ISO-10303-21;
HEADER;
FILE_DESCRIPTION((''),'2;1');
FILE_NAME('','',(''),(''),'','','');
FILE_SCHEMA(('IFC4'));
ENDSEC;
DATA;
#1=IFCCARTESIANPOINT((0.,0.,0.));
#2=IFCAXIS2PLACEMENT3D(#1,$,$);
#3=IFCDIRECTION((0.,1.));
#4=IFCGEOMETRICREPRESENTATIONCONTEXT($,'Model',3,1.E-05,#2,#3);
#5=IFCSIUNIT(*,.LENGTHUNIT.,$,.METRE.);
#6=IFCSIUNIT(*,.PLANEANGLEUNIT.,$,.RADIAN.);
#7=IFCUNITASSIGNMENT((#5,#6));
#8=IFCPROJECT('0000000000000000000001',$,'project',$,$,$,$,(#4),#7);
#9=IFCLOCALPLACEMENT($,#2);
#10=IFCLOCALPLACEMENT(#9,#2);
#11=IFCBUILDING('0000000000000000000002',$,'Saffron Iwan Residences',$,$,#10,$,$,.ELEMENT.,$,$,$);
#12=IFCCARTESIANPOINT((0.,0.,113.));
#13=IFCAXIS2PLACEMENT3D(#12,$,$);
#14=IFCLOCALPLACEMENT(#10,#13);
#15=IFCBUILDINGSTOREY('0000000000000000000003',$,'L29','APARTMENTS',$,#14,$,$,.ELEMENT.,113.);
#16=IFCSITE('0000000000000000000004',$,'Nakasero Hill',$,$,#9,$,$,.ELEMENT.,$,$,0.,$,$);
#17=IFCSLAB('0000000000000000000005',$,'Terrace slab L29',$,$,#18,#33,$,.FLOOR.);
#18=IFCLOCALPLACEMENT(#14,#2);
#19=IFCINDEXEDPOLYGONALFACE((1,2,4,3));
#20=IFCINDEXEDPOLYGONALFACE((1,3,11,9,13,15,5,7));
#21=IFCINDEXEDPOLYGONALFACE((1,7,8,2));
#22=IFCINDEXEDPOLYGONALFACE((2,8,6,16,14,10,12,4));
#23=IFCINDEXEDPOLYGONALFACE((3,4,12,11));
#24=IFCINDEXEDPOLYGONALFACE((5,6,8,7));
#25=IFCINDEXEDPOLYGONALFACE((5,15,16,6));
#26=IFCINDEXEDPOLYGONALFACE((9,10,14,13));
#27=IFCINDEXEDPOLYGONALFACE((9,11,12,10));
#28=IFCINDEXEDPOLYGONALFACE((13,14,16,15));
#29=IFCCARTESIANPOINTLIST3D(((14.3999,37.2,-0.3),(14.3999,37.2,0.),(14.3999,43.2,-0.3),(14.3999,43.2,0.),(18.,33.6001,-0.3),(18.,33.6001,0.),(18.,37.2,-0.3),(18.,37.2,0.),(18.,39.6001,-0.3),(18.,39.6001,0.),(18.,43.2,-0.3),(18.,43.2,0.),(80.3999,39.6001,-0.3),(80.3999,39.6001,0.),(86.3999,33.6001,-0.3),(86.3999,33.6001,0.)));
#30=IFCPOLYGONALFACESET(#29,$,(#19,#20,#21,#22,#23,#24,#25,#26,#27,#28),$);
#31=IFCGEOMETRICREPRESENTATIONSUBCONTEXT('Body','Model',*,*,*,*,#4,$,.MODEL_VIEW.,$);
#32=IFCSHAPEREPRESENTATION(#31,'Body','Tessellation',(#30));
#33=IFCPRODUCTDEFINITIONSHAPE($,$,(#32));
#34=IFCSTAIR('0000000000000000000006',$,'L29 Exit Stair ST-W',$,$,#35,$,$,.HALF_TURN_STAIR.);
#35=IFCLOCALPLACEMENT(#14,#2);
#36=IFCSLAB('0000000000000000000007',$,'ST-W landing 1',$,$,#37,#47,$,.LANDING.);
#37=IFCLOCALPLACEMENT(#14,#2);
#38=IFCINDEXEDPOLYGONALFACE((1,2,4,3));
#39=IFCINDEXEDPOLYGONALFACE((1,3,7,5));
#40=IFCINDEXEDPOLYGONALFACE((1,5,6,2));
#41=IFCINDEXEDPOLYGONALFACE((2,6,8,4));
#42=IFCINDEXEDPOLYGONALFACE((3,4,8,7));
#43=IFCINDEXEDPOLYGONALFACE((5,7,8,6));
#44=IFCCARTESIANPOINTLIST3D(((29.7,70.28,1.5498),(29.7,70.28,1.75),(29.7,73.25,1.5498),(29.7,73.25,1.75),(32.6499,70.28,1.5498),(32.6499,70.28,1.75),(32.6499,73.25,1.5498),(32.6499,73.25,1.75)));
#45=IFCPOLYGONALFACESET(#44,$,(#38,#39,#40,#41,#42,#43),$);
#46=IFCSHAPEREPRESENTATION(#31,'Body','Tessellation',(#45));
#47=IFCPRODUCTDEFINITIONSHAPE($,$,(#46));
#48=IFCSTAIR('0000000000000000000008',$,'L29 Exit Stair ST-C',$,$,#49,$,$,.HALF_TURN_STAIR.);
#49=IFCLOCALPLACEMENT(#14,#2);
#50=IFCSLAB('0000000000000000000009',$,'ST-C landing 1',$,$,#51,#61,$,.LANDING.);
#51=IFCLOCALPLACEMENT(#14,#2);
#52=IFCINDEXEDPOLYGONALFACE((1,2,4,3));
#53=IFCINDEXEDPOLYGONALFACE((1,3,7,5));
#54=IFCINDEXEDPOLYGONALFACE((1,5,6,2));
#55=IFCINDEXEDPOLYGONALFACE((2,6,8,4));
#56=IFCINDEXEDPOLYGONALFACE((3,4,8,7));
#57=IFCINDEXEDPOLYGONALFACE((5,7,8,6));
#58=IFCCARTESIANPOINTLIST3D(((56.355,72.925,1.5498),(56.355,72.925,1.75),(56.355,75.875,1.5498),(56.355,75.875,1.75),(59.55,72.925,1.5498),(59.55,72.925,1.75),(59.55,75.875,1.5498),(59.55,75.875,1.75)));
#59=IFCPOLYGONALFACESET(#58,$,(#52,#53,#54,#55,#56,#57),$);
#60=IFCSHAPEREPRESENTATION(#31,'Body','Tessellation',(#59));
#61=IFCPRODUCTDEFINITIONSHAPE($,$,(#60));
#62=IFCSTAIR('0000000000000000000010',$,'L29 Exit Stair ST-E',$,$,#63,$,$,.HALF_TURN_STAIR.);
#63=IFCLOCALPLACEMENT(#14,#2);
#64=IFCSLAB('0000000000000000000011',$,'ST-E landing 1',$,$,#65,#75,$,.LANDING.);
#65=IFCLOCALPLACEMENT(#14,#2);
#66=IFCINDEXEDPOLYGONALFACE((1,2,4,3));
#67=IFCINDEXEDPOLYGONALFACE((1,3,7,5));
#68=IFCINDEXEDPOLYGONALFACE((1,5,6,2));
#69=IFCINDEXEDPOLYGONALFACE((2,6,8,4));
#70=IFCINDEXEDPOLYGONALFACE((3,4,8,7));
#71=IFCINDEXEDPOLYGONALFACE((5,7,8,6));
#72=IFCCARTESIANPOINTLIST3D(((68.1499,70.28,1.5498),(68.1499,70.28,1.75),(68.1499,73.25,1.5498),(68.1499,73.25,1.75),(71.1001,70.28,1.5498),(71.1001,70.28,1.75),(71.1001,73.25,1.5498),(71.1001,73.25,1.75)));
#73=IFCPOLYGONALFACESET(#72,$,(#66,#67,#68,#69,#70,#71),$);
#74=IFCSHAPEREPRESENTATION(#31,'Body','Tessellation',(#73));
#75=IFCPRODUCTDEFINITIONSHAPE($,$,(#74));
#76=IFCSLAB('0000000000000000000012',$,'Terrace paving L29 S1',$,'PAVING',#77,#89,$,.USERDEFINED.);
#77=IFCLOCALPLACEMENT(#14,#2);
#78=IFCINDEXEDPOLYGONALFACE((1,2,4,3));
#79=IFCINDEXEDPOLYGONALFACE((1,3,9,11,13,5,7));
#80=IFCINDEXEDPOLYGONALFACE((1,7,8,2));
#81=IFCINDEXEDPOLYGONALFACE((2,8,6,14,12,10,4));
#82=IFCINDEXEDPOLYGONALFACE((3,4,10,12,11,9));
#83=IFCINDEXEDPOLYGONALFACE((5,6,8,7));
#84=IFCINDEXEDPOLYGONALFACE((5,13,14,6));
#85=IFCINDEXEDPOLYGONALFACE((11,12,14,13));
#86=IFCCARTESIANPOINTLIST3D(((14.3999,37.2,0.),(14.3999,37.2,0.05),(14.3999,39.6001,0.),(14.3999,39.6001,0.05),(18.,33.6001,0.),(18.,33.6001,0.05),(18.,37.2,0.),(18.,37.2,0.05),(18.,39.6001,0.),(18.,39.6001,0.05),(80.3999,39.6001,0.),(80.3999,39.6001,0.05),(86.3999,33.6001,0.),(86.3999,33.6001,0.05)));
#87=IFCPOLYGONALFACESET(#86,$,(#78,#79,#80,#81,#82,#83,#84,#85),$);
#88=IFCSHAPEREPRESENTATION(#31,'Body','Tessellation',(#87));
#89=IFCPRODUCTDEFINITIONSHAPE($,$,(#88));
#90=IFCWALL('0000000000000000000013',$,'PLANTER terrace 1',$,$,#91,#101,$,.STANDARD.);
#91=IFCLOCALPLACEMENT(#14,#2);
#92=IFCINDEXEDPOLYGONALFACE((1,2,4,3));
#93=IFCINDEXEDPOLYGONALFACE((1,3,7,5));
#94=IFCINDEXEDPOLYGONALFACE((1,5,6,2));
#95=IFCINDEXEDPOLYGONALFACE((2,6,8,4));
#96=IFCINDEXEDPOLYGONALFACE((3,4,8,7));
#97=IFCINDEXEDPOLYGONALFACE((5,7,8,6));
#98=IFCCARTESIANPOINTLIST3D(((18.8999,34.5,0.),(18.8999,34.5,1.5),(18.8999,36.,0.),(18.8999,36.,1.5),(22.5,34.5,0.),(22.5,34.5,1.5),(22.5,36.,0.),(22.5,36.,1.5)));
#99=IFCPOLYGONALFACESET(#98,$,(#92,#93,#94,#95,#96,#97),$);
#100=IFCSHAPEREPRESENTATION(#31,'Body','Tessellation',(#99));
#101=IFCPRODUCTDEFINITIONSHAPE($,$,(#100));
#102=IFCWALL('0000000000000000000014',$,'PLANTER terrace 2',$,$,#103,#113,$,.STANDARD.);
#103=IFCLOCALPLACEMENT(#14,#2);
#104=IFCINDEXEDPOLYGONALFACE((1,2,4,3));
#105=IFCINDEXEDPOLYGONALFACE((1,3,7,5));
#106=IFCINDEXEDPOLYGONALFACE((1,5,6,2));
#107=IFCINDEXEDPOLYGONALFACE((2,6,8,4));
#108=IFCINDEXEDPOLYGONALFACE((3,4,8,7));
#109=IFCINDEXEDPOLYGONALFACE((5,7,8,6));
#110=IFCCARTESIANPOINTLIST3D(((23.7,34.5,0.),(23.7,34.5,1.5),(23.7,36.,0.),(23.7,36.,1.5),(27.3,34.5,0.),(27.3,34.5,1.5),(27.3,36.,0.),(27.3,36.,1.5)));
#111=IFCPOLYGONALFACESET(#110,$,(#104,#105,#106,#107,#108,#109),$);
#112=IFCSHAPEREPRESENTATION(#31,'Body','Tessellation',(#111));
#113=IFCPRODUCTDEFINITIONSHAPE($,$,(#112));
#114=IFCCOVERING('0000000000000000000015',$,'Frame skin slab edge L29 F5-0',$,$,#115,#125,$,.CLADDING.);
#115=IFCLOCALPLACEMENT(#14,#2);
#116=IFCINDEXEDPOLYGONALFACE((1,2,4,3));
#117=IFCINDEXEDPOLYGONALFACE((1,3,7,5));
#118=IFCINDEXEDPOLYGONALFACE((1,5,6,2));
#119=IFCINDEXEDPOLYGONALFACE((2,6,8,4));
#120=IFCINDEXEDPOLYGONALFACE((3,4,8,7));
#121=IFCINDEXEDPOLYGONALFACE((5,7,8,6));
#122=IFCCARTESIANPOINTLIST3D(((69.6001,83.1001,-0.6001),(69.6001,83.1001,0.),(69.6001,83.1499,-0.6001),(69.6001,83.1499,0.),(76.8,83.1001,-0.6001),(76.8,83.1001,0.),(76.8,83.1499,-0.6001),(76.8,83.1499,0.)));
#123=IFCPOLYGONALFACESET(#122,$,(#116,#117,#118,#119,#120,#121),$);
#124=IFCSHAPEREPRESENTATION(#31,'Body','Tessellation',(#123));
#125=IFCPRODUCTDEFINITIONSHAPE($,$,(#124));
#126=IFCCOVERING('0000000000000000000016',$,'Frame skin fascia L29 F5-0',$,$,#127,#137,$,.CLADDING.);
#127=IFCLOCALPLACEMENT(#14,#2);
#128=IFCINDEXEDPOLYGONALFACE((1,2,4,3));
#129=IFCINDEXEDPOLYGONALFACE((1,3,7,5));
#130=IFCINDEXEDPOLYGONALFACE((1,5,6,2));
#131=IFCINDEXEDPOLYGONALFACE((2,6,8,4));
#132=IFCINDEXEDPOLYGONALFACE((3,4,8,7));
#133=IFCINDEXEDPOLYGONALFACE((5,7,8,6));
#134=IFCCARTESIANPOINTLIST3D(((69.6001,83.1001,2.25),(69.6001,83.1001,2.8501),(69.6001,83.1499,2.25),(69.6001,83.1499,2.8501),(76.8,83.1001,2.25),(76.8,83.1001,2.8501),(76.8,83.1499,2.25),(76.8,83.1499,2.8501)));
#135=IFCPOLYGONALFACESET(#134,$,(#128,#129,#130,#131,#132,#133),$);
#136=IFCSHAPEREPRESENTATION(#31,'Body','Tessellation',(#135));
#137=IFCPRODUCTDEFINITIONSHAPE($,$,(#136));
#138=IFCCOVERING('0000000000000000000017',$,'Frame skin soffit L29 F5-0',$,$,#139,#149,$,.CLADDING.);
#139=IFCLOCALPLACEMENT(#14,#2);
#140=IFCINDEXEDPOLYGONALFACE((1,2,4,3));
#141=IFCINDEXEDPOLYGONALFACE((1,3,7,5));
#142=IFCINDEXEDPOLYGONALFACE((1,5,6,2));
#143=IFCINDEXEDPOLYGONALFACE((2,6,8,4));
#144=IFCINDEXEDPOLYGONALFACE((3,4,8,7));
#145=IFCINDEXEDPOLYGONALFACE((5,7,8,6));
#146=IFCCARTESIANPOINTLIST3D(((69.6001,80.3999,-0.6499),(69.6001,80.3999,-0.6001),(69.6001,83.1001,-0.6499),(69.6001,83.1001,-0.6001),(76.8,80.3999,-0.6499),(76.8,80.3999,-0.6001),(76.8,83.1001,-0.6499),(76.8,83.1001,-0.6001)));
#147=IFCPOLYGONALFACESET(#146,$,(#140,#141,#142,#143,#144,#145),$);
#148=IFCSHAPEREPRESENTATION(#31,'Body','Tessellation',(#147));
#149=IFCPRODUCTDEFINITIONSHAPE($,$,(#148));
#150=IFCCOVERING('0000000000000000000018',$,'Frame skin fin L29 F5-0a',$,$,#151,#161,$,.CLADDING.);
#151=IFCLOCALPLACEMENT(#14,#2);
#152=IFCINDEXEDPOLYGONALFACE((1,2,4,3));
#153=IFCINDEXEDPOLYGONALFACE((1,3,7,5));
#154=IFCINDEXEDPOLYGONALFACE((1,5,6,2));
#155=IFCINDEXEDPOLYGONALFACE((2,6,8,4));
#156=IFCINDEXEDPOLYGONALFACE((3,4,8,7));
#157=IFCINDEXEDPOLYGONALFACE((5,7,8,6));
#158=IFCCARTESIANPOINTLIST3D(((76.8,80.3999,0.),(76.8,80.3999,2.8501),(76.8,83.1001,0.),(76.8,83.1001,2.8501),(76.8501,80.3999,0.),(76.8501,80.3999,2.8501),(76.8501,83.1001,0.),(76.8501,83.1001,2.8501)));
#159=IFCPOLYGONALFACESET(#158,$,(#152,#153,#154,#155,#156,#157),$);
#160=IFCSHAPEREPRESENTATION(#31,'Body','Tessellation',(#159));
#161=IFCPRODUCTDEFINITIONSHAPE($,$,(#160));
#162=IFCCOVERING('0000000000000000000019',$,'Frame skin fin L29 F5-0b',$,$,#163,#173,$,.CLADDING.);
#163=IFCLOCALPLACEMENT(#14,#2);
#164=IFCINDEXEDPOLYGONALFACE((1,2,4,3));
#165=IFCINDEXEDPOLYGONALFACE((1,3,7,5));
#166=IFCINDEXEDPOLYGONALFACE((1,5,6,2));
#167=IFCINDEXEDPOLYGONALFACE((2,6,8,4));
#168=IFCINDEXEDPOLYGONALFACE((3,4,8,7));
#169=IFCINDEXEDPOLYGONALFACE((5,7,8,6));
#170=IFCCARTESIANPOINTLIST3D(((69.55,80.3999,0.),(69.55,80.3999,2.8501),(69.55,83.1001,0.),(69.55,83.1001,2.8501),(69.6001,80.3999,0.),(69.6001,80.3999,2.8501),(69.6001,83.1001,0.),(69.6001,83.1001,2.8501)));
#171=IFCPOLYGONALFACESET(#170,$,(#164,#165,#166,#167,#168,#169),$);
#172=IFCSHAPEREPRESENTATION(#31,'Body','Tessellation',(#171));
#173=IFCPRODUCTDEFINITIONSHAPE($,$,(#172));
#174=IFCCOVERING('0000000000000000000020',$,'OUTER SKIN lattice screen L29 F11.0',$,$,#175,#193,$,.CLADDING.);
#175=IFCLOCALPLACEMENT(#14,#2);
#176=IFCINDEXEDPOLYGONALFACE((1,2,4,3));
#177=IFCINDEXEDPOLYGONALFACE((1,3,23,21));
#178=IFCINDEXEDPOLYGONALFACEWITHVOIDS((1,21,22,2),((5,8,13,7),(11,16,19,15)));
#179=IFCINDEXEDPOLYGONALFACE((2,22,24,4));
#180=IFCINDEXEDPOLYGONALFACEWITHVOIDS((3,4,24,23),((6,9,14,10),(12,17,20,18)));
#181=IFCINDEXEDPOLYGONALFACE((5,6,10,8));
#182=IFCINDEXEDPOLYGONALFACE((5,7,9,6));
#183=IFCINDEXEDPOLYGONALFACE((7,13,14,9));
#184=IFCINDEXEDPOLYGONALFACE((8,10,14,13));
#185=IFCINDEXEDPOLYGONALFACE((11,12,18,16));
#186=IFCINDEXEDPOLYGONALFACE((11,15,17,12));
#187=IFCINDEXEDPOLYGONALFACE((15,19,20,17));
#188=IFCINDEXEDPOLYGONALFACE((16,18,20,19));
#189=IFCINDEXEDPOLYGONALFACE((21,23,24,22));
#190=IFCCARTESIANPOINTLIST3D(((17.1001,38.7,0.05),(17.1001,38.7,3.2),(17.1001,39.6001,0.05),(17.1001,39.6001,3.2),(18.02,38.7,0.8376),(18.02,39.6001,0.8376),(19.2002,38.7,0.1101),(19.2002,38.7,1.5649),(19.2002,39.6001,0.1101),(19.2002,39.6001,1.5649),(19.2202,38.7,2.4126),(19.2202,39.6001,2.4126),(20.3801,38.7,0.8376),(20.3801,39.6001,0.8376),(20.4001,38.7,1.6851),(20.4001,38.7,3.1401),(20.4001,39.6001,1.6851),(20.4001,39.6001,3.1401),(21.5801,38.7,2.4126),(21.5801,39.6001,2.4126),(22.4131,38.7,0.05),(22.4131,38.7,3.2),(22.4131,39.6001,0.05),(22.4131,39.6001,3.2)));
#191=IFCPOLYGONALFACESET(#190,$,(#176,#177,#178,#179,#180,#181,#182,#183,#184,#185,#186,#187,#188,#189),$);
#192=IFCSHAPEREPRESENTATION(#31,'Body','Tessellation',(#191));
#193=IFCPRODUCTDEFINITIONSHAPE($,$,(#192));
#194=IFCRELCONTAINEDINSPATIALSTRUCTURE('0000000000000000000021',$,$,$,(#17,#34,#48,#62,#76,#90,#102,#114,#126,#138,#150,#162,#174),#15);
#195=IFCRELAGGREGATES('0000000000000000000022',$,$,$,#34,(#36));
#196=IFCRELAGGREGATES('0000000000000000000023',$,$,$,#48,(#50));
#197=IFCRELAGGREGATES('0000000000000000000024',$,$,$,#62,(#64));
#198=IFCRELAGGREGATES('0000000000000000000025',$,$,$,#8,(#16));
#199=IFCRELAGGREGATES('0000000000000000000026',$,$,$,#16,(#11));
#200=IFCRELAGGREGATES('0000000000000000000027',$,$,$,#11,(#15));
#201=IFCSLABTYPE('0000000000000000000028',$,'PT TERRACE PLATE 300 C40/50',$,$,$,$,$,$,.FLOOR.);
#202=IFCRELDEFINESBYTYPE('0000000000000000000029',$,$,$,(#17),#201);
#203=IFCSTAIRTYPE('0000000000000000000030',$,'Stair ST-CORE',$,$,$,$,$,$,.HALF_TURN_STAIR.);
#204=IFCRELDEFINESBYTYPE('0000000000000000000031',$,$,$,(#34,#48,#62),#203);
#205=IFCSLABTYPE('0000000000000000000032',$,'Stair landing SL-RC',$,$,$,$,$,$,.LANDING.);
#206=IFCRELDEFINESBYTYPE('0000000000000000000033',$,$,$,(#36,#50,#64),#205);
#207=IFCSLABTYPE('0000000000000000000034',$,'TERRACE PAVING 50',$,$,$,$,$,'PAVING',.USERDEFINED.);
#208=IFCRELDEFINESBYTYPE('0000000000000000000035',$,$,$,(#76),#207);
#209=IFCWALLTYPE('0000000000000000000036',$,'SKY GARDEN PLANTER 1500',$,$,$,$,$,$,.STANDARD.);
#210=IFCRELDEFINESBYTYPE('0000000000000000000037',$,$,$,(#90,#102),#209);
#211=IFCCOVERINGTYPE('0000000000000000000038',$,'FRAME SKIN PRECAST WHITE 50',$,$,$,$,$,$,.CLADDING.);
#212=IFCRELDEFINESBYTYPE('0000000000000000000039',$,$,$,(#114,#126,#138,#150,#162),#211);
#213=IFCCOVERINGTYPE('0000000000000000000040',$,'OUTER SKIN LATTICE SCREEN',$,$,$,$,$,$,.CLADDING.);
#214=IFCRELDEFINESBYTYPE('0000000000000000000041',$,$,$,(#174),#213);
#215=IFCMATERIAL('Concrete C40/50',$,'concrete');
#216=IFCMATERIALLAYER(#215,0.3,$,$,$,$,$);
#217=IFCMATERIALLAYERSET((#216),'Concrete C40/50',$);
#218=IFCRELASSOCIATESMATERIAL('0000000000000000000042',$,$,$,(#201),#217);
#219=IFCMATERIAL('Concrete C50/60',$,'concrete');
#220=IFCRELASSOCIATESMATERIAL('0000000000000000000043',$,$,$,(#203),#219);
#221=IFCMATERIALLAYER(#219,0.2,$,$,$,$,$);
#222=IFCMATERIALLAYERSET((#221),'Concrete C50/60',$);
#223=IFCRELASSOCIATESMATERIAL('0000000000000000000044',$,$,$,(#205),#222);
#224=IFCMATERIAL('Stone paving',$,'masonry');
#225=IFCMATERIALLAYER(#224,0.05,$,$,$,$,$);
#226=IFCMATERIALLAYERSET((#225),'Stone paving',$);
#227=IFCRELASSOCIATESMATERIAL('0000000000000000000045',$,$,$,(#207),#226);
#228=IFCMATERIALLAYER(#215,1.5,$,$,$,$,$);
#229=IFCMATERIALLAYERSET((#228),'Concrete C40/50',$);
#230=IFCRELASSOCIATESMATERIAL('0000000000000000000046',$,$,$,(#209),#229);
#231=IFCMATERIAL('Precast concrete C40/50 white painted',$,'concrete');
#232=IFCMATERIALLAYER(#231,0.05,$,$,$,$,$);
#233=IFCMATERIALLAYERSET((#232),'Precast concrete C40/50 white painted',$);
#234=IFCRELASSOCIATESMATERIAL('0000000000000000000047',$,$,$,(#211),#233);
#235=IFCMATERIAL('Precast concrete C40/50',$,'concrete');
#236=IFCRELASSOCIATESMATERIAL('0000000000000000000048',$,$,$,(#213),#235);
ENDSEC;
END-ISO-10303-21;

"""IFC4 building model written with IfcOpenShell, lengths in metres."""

from ifc_helpers import new_model, si_unit, direction, frame, frame_2d, origin, place, context, subcontext, project, spatial, polyline, rectangle, outline, extrude, material, layer, layer_set, type_object, element, aggregate, save


model = new_model("IFC4")

# Units and contexts
model_context = context("Model", 3, precision=1e-05, world=origin(), true_north=direction((0.0, 1.0)))
body_context = subcontext(model_context, "Body", "Model", "MODEL_VIEW")
ifc_project = project(units=[si_unit("LENGTHUNIT", "METRE"), si_unit("PLANEANGLEUNIT", "RADIAN")], contexts=[model_context])

# Site, building, storey
site_placement = place(None, origin())
site = spatial("IfcSite", under=ifc_project, at=site_placement, Name="Nakasero Hill", CompositionType="ELEMENT", RefElevation=0.0)
building_placement = place(site_placement, origin())
building = spatial("IfcBuilding", under=site, at=building_placement, Name="Saffron Iwan Residences", CompositionType="ELEMENT")
storey_placement = place(building_placement, frame((0.0, 0.0, 113.0)))
storey = spatial("IfcBuildingStorey", under=building, at=storey_placement, Name="L29", Description="APARTMENTS", CompositionType="ELEMENT", Elevation=113.0)

# Slab
ifc_material_1 = material(Name="Concrete C40/50", Category="concrete")
ifc_layer_1 = layer(ifc_material_1, 0.3)
ifc_layer_set_1 = layer_set([ifc_layer_1], Name="Concrete C40/50")
slab_type_1 = type_object("IfcSlabType", Name="PT TERRACE PLATE 300 C40/50", PredefinedType="FLOOR", material=ifc_layer_set_1)
slab_1_placement = place(storey_placement, frame((0.0, 0.0, -0.3)))
element("IfcSlab", 1, at=slab_1_placement, inside=storey, type_object=slab_type_1, Name="Terrace slab L29", PredefinedType="FLOOR", context=body_context, shape_type="SweptSolid", body=[
    extrude(outline(polyline([(14.3999, 43.2), (18.0, 43.2), (18.0, 39.6001), (80.3999, 39.6001), (86.3999, 33.6001), (18.0, 33.6001), (18.0, 37.2), (14.3999, 37.2), (14.3999, 43.2)])), origin(), (0.0, 0.0, 1.0), 0.3),
])

# Stairs, slabs
ifc_material_2 = material(Name="Concrete C50/60", Category="concrete")
stair_type = type_object("IfcStairType", Name="Stair ST-CORE", PredefinedType="HALF_TURN_STAIR", material=ifc_material_2)
stair_1_placement = place(storey_placement, origin())
stair_1 = element("IfcStair", 2, at=stair_1_placement, inside=storey, type_object=stair_type, Name="L29 Exit Stair ST-W", PredefinedType="HALF_TURN_STAIR")
ifc_layer_2 = layer(ifc_material_2, 0.2)
ifc_layer_set_2 = layer_set([ifc_layer_2], Name="Concrete C50/60")
slab_type_2 = type_object("IfcSlabType", Name="Stair landing SL-RC", PredefinedType="LANDING", material=ifc_layer_set_2)
slab_2_placement = place(storey_placement, frame((0.0, 0.0, 1.5498)))
slab_2 = element("IfcSlab", 3, at=slab_2_placement, type_object=slab_type_2, Name="ST-W landing 1", PredefinedType="LANDING", context=body_context, shape_type="SweptSolid", body=[
    extrude(outline(polyline([(32.6499, 70.28), (32.6499, 73.25), (29.7, 73.25), (29.7, 70.28), (32.6499, 70.28)])), origin(), (0.0, 0.0, 1.0), 0.2002),
])
aggregate(stair_1, [slab_2])
stair_2_placement = place(storey_placement, origin())
stair_2 = element("IfcStair", 4, at=stair_2_placement, inside=storey, type_object=stair_type, Name="L29 Exit Stair ST-C", PredefinedType="HALF_TURN_STAIR")
slab_3_placement = place(storey_placement, frame((0.0, 0.0, 1.5498)))
slab_3 = element("IfcSlab", 5, at=slab_3_placement, type_object=slab_type_2, Name="ST-C landing 1", PredefinedType="LANDING", context=body_context, shape_type="SweptSolid", body=[
    extrude(outline(polyline([(56.355, 72.925), (59.55, 72.925), (59.55, 75.875), (56.355, 75.875), (56.355, 72.925)])), origin(), (0.0, 0.0, 1.0), 0.2002),
])
aggregate(stair_2, [slab_3])
stair_3_placement = place(storey_placement, origin())
stair_3 = element("IfcStair", 6, at=stair_3_placement, inside=storey, type_object=stair_type, Name="L29 Exit Stair ST-E", PredefinedType="HALF_TURN_STAIR")
slab_4_placement = place(storey_placement, frame((0.0, 0.0, 1.5498)))
slab_4 = element("IfcSlab", 7, at=slab_4_placement, type_object=slab_type_2, Name="ST-E landing 1", PredefinedType="LANDING", context=body_context, shape_type="SweptSolid", body=[
    extrude(outline(polyline([(71.1001, 70.28), (71.1001, 73.25), (68.1499, 73.25), (68.1499, 70.28), (71.1001, 70.28)])), origin(), (0.0, 0.0, 1.0), 0.2002),
])
aggregate(stair_3, [slab_4])

# Slab
ifc_material_3 = material(Name="Stone paving", Category="masonry")
ifc_layer_3 = layer(ifc_material_3, 0.05)
ifc_layer_set_3 = layer_set([ifc_layer_3], Name="Stone paving")
slab_type_3 = type_object("IfcSlabType", Name="TERRACE PAVING 50", ElementType="PAVING", PredefinedType="USERDEFINED", material=ifc_layer_set_3)
slab_5_placement = place(storey_placement, origin())
element("IfcSlab", 8, at=slab_5_placement, inside=storey, type_object=slab_type_3, Name="Terrace paving L29 S1", ObjectType="PAVING", PredefinedType="USERDEFINED", context=body_context, shape_type="SweptSolid", body=[
    extrude(outline(polyline([(18.0, 37.2), (18.0, 33.6001), (86.3999, 33.6001), (80.3999, 39.6001), (18.0, 39.6001), (14.3999, 39.6001), (14.3999, 37.2), (18.0, 37.2)])), origin(), (0.0, 0.0, 1.0), 0.05),
])

# Walls
ifc_layer_4 = layer(ifc_material_1, 1.5)
ifc_layer_set_4 = layer_set([ifc_layer_4], Name="Concrete C40/50")
wall_type_1 = type_object("IfcWallType", Name="SKY GARDEN PLANTER 1500", PredefinedType="STANDARD", material=ifc_layer_set_4)
for number, where, z_axis, x_axis, name in (
    (9, (18.8999, 35.25, 0.0), (0.0, 0.0, 1.0), (1.0, 0.0, 0.0), "PLANTER terrace 1"),
    (10, (23.7, 35.25, 0.0), (0.0, 0.0, 1.0), (1.0, 0.0, 0.0), "PLANTER terrace 2"),
):
    element("IfcWall", number, at=place(storey_placement, frame(where, z_axis=z_axis, x_axis=x_axis)), inside=storey, type_object=wall_type_1, Name=name, PredefinedType="STANDARD", context=body_context, shape_type="SweptSolid", body=[
        extrude(rectangle(XDim=3.6001, YDim=1.5, at=frame_2d((1.8, 0.0))), origin(), (0.0, 0.0, 1.0), 1.5),
    ])

# Coverings
ifc_material_4 = material(Name="Precast concrete C40/50 white painted", Category="concrete")
ifc_layer_5 = layer(ifc_material_4, 0.05)
ifc_layer_set_5 = layer_set([ifc_layer_5], Name="Precast concrete C40/50 white painted")
covering_type_1 = type_object("IfcCoveringType", Name="FRAME SKIN PRECAST WHITE 50", PredefinedType="CLADDING", material=ifc_layer_set_5)
for number, where, name in (
    (11, (0.0, 0.0, -0.6001), "Frame skin slab edge L29 F5-0"),
    (12, (0.0, 0.0, 2.25), "Frame skin fascia L29 F5-0"),
):
    element("IfcCovering", number, at=place(storey_placement, frame(where)), inside=storey, type_object=covering_type_1, Name=name, PredefinedType="CLADDING", context=body_context, shape_type="SweptSolid", body=[
        extrude(outline(polyline([(76.8, 83.1499), (69.6001, 83.1499), (69.6001, 83.1001), (76.8, 83.1001), (76.8, 83.1499)])), origin(), (0.0, 0.0, 1.0), 0.6001),
    ])
covering_1_placement = place(storey_placement, frame((0.0, 0.0, -0.6499)))
element("IfcCovering", 13, at=covering_1_placement, inside=storey, type_object=covering_type_1, Name="Frame skin soffit L29 F5-0", PredefinedType="CLADDING", context=body_context, shape_type="SweptSolid", body=[
    extrude(outline(polyline([(76.8, 83.1001), (69.6001, 83.1001), (69.6001, 80.3999), (76.8, 80.3999), (76.8, 83.1001)])), origin(), (0.0, 0.0, 1.0), 0.0498),
])
covering_2_placement = place(storey_placement, origin())
element("IfcCovering", 14, at=covering_2_placement, inside=storey, type_object=covering_type_1, Name="Frame skin fin L29 F5-0a", PredefinedType="CLADDING", context=body_context, shape_type="SweptSolid", body=[
    extrude(outline(polyline([(76.8501, 83.1001), (76.8, 83.1001), (76.8, 80.3999), (76.8501, 80.3999), (76.8501, 83.1001)])), origin(), (0.0, 0.0, 1.0), 2.8501),
])
covering_3_placement = place(storey_placement, origin())
element("IfcCovering", 15, at=covering_3_placement, inside=storey, type_object=covering_type_1, Name="Frame skin fin L29 F5-0b", PredefinedType="CLADDING", context=body_context, shape_type="SweptSolid", body=[
    extrude(outline(polyline([(69.6001, 83.1001), (69.55, 83.1001), (69.55, 80.3999), (69.6001, 80.3999), (69.6001, 83.1001)])), origin(), (0.0, 0.0, 1.0), 2.8501),
])
ifc_material_5 = material(Name="Precast concrete C40/50", Category="concrete")
covering_type_2 = type_object("IfcCoveringType", Name="OUTER SKIN LATTICE SCREEN", PredefinedType="CLADDING", material=ifc_material_5)
covering_4_placement = place(storey_placement, frame((17.1001, 39.6001, 0.05), z_axis=(0.0, -1.0, 0.0), x_axis=(1.0, 0.0, 0.0)))
element("IfcCovering", 16, at=covering_4_placement, inside=storey, type_object=covering_type_2, Name="OUTER SKIN lattice screen L29 F11.0", PredefinedType="CLADDING", context=body_context, shape_type="SweptSolid", body=[
    extrude(outline(polyline([(0.0, 0.0), (5.313, 0.0), (5.313, 3.1499), (0.0, 3.1499), (0.0, 0.0)]), holes=[polyline([(0.9199, 0.7876), (2.1001, 0.0601), (3.28, 0.7876), (2.1001, 1.5149), (0.9199, 0.7876)]), polyline([(2.1201, 2.3625), (3.3, 1.635), (4.48, 2.3625), (3.3, 3.0901), (2.1201, 2.3625)])]), origin(), (0.0, 0.0, 1.0), 0.9001),
])

save(model, "model.ifc")
